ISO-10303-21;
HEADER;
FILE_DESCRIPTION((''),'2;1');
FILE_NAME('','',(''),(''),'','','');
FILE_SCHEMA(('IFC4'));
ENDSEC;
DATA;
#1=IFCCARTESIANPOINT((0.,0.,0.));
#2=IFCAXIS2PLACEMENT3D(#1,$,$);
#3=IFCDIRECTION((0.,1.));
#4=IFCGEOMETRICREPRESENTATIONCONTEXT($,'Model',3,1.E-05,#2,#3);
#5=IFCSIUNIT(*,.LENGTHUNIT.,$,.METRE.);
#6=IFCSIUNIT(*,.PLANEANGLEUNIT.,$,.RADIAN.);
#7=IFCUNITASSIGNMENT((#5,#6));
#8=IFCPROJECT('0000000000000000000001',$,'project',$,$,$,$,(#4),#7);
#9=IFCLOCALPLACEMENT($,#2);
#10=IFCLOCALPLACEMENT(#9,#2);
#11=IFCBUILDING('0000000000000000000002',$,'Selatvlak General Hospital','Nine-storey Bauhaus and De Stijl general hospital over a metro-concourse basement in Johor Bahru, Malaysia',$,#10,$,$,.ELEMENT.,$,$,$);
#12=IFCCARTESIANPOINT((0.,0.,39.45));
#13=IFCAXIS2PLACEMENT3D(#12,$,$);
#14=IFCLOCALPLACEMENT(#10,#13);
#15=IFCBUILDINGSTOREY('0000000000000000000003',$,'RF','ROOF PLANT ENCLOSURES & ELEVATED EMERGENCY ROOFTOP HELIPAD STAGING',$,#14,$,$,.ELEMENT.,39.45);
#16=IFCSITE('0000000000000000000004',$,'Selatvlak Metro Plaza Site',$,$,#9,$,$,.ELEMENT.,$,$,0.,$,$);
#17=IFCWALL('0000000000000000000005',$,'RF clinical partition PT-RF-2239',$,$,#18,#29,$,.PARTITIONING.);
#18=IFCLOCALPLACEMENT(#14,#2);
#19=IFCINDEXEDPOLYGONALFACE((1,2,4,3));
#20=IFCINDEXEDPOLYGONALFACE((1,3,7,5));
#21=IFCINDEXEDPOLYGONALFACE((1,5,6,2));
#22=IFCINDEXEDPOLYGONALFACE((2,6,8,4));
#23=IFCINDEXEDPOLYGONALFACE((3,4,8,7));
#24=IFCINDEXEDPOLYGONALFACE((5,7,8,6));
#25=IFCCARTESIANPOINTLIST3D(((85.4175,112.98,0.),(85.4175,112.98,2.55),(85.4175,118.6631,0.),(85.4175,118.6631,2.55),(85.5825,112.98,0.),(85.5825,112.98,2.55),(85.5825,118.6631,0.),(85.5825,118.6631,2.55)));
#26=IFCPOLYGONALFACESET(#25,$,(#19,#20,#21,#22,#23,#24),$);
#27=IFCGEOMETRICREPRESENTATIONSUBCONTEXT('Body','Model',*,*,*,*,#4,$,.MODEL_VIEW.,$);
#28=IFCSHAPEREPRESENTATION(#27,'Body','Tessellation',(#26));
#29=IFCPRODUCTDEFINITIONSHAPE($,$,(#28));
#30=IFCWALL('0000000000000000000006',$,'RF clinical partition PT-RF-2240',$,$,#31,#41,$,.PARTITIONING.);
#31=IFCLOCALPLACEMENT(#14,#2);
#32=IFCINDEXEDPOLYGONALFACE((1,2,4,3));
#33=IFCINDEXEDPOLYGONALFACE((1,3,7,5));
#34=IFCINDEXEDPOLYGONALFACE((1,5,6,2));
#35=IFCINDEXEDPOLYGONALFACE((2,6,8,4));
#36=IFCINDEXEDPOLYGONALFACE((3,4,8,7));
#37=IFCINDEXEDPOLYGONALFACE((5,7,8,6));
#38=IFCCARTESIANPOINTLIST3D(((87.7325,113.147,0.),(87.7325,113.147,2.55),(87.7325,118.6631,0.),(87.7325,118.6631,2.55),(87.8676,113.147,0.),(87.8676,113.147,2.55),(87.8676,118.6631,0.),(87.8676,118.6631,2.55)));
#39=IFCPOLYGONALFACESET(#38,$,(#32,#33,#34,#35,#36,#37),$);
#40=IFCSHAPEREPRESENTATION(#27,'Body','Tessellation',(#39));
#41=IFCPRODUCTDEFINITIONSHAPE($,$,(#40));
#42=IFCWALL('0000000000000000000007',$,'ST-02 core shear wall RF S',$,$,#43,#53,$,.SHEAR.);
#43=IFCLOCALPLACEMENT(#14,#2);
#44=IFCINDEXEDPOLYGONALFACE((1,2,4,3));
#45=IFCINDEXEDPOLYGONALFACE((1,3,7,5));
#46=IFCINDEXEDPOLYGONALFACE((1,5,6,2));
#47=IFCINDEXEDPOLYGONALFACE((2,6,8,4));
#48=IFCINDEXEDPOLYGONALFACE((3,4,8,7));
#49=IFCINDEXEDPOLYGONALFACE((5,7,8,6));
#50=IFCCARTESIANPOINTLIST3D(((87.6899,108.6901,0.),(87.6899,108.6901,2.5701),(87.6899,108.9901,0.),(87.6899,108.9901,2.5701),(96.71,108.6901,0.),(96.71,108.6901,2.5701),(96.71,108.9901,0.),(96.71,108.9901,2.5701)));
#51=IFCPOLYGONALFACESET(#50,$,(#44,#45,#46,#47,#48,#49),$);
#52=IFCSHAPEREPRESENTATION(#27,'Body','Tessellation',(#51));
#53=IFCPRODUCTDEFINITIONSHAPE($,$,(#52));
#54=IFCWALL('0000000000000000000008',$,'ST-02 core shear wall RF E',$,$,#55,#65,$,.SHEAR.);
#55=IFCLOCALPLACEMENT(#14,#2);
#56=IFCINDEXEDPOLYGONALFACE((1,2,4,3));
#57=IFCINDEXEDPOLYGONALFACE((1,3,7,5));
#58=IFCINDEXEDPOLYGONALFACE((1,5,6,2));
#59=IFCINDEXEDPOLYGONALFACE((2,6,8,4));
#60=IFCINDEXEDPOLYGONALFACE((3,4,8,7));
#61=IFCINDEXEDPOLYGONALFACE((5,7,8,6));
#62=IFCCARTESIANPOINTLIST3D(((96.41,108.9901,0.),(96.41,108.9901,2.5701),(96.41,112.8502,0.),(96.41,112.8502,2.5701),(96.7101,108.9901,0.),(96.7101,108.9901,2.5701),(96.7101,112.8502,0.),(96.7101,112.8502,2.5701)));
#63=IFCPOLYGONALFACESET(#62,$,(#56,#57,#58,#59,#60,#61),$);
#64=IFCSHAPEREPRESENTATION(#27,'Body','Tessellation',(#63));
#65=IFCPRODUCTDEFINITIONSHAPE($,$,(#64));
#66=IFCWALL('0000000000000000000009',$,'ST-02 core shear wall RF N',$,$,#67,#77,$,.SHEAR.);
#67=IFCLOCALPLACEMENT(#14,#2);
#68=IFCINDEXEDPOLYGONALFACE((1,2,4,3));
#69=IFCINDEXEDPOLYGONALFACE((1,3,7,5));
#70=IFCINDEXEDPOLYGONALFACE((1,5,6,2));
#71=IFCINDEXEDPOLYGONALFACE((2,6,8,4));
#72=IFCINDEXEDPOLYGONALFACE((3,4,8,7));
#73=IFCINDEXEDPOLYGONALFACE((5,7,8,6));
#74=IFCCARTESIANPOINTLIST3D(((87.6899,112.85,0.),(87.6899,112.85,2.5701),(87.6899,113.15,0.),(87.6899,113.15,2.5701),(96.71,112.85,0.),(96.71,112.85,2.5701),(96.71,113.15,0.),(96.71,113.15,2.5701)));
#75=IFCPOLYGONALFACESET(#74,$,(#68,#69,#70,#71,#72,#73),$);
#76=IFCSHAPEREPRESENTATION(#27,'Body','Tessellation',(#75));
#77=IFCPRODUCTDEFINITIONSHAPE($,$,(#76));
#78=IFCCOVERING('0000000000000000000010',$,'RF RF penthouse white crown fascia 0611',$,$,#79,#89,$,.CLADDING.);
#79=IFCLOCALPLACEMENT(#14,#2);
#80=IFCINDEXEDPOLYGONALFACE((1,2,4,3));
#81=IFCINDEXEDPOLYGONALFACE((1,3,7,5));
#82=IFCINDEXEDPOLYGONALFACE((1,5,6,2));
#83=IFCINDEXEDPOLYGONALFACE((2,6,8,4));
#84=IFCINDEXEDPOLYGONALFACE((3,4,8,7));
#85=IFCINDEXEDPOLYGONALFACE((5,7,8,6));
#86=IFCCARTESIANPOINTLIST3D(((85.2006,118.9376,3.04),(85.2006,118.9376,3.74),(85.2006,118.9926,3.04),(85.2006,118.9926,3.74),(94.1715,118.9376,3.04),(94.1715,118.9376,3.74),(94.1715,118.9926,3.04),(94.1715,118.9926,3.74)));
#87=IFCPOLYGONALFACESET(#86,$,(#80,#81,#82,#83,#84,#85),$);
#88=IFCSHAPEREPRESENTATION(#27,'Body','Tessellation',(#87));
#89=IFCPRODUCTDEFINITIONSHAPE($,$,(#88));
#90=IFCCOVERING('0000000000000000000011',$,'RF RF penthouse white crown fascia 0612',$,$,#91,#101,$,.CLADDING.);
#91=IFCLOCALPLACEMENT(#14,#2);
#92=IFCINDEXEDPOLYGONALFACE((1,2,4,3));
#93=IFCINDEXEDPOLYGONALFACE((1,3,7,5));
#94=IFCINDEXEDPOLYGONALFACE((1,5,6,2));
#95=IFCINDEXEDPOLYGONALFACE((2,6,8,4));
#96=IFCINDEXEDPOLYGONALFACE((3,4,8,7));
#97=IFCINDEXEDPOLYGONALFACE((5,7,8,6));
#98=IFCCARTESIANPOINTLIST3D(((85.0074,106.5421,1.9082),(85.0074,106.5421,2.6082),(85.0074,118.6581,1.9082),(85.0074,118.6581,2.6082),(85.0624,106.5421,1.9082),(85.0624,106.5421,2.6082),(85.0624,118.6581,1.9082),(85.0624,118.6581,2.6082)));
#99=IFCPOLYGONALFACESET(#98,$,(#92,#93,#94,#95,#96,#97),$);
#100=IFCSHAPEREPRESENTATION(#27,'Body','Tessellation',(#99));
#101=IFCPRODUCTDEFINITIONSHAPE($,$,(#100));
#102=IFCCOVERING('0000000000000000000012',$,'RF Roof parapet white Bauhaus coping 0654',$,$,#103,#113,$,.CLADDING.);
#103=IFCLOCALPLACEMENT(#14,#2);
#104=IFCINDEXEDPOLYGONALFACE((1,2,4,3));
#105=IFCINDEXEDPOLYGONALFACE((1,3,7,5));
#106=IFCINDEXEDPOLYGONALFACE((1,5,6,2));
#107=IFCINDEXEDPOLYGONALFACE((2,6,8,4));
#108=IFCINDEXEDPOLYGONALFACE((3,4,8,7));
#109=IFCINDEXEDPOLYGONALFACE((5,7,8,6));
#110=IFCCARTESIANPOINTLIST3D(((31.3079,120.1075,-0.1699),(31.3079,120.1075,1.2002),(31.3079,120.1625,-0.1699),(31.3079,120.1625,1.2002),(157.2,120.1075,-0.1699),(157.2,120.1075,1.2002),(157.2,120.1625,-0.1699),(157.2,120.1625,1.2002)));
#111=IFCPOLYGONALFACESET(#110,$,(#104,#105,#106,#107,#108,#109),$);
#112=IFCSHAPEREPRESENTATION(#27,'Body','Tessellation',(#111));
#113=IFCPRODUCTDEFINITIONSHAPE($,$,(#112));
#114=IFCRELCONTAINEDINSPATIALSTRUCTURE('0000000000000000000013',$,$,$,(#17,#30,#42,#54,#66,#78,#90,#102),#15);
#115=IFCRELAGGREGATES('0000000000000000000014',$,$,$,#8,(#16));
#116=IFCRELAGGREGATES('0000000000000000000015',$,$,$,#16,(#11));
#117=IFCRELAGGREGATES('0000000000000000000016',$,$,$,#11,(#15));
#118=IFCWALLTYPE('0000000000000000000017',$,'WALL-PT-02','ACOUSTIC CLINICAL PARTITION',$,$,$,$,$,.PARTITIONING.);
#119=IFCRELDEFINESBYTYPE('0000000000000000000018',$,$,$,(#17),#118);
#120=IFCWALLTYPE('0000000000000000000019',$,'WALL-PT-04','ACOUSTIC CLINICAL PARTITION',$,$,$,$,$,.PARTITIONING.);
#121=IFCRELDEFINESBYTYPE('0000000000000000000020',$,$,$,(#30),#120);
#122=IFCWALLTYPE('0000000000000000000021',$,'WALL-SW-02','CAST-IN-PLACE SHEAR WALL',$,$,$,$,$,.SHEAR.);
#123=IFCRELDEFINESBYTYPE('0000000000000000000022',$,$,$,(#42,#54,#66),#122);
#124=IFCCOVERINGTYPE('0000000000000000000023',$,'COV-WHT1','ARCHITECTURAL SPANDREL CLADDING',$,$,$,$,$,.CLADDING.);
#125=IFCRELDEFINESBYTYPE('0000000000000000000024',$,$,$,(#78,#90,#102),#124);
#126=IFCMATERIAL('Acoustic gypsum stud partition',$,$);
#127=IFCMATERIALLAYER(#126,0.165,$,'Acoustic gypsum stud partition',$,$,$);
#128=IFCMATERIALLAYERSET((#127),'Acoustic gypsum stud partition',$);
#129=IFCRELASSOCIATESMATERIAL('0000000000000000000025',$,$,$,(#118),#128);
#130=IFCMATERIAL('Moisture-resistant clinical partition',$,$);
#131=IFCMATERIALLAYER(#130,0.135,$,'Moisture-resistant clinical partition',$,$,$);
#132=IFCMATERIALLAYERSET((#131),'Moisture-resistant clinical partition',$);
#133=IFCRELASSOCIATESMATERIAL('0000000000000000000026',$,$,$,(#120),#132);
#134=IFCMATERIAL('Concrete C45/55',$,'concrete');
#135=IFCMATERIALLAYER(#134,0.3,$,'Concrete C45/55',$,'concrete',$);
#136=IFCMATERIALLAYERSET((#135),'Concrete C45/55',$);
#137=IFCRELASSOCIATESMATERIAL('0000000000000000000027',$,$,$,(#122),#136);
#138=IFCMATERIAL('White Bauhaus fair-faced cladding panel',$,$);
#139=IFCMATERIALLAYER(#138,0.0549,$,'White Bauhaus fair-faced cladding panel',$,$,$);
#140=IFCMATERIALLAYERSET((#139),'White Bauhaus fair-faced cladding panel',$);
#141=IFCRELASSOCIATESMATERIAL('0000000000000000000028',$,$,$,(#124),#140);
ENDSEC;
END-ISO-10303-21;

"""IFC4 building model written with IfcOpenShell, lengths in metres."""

from ifc_helpers import new_model, si_unit, direction, frame, frame_2d, origin, origin_2d, place, context, subcontext, project, spatial, rectangle, extrude, material, layer, layer_set, type_object, element, save


model = new_model("IFC4")

# Units and contexts
model_context = context("Model", 3, precision=1e-05, world=origin(), true_north=direction((0.0, 1.0)))
body_context = subcontext(model_context, "Body", "Model", "MODEL_VIEW")
ifc_project = project(units=[si_unit("LENGTHUNIT", "METRE"), si_unit("PLANEANGLEUNIT", "RADIAN")], contexts=[model_context])

# Site, building, storey
site_placement = place(None, origin())
site = spatial("IfcSite", under=ifc_project, at=site_placement, Name="Selatvlak Metro Plaza Site", CompositionType="ELEMENT", RefElevation=0.0)
building_placement = place(site_placement, origin())
building = spatial("IfcBuilding", under=site, at=building_placement, Name="Selatvlak General Hospital", Description="Nine-storey Bauhaus and De Stijl general hospital over a metro-concourse basement in Johor Bahru, Malaysia", CompositionType="ELEMENT")
storey_placement = place(building_placement, frame((0.0, 0.0, 39.45)))
storey = spatial("IfcBuildingStorey", under=building, at=storey_placement, Name="RF", Description="ROOF PLANT ENCLOSURES & ELEVATED EMERGENCY ROOFTOP HELIPAD STAGING", CompositionType="ELEMENT", Elevation=39.45)

# Shared definitions
ifc_material_1 = material(Name="Acoustic gypsum stud partition")

# Walls
ifc_layer_1 = layer(ifc_material_1, 0.165, Name="Acoustic gypsum stud partition")
ifc_layer_set_1 = layer_set([ifc_layer_1], Name="Acoustic gypsum stud partition")
wall_type_1 = type_object("IfcWallType", Name="WALL-PT-02", Description="ACOUSTIC CLINICAL PARTITION", PredefinedType="PARTITIONING", material=ifc_layer_set_1)
wall_1_placement = place(storey_placement, frame((85.5, 112.98, 0.0), z_axis=(0.0, 0.0, 1.0), x_axis=(0.0, 1.0, 0.0)))
element("IfcWall", 1, at=wall_1_placement, inside=storey, type_object=wall_type_1, Name="RF clinical partition PT-RF-2239", PredefinedType="PARTITIONING", context=body_context, shape_type="SweptSolid", body=[
    extrude(rectangle(XDim=5.6831, YDim=0.165, at=frame_2d((2.8416, 0.0))), origin(), (0.0, 0.0, 1.0), 2.55),
])
ifc_material_2 = material(Name="Moisture-resistant clinical partition")
ifc_layer_2 = layer(ifc_material_2, 0.135, Name="Moisture-resistant clinical partition")
ifc_layer_set_2 = layer_set([ifc_layer_2], Name="Moisture-resistant clinical partition")
wall_type_2 = type_object("IfcWallType", Name="WALL-PT-04", Description="ACOUSTIC CLINICAL PARTITION", PredefinedType="PARTITIONING", material=ifc_layer_set_2)
wall_2_placement = place(storey_placement, frame((87.8, 118.6631, 0.0), z_axis=(0.0, 0.0, 1.0), x_axis=(0.0, -1.0, 0.0)))
element("IfcWall", 2, at=wall_2_placement, inside=storey, type_object=wall_type_2, Name="RF clinical partition PT-RF-2240", PredefinedType="PARTITIONING", context=body_context, shape_type="SweptSolid", body=[
    extrude(rectangle(XDim=5.5161, YDim=0.135, at=frame_2d((2.7581, 0.0))), origin(), (0.0, 0.0, 1.0), 2.55),
])
ifc_material_3 = material(Name="Concrete C45/55", Category="concrete")
ifc_layer_3 = layer(ifc_material_3, 0.3, Name="Concrete C45/55", Category="concrete")
ifc_layer_set_3 = layer_set([ifc_layer_3], Name="Concrete C45/55")
wall_type_3 = type_object("IfcWallType", Name="WALL-SW-02", Description="CAST-IN-PLACE SHEAR WALL", PredefinedType="SHEAR", material=ifc_layer_set_3)
wall_3_placement = place(storey_placement, frame((87.6899, 108.8401, 0.0), z_axis=(0.0, 0.0, 1.0), x_axis=(1.0, 0.0, 0.0)))
element("IfcWall", 3, at=wall_3_placement, inside=storey, type_object=wall_type_3, Name="ST-02 core shear wall RF S", PredefinedType="SHEAR", context=body_context, shape_type="SweptSolid", body=[
    extrude(rectangle(XDim=9.02, YDim=0.3, at=frame_2d((4.51, 0.0))), origin(), (0.0, 0.0, 1.0), 2.5701),
])
wall_4_placement = place(storey_placement, frame((96.5601, 108.99, 0.0), z_axis=(0.0, 0.0, 1.0), x_axis=(0.0, 1.0, 0.0)))
element("IfcWall", 4, at=wall_4_placement, inside=storey, type_object=wall_type_3, Name="ST-02 core shear wall RF E", PredefinedType="SHEAR", context=body_context, shape_type="SweptSolid", body=[
    extrude(rectangle(XDim=3.8601, YDim=0.3, at=frame_2d((1.9302, 0.0))), origin(), (0.0, 0.0, 1.0), 2.5701),
])
wall_5_placement = place(storey_placement, frame((96.71, 113.0, 0.0), z_axis=(0.0, 0.0, 1.0), x_axis=(-1.0, 0.0, 0.0)))
element("IfcWall", 5, at=wall_5_placement, inside=storey, type_object=wall_type_3, Name="ST-02 core shear wall RF N", PredefinedType="SHEAR", context=body_context, shape_type="SweptSolid", body=[
    extrude(rectangle(XDim=9.02, YDim=0.3, at=frame_2d((4.51, 0.0))), origin(), (0.0, 0.0, 1.0), 2.5701),
])

# Coverings
ifc_material_4 = material(Name="White Bauhaus fair-faced cladding panel")
ifc_layer_4 = layer(ifc_material_4, 0.0549, Name="White Bauhaus fair-faced cladding panel")
ifc_layer_set_4 = layer_set([ifc_layer_4], Name="White Bauhaus fair-faced cladding panel")
covering_type = type_object("IfcCoveringType", Name="COV-WHT1", Description="ARCHITECTURAL SPANDREL CLADDING", PredefinedType="CLADDING", material=ifc_layer_set_4)
covering_1_placement = place(storey_placement, frame((89.686, 118.9651, 3.04), z_axis=(0.0, 0.0, 1.0), x_axis=(-1.0, 0.0, 0.0)))
element("IfcCovering", 6, at=covering_1_placement, inside=storey, type_object=covering_type, Name="RF RF penthouse white crown fascia 0611", PredefinedType="CLADDING", context=body_context, shape_type="SweptSolid", body=[
    extrude(rectangle(XDim=8.9709, YDim=0.0549, at=origin_2d()), origin(), (0.0, 0.0, 1.0), 0.7),
])
covering_2_placement = place(storey_placement, frame((85.0349, 112.6001, 1.9082), z_axis=(0.0, 0.0, 1.0), x_axis=(0.0, -1.0, 0.0)))
element("IfcCovering", 7, at=covering_2_placement, inside=storey, type_object=covering_type, Name="RF RF penthouse white crown fascia 0612", PredefinedType="CLADDING", context=body_context, shape_type="SweptSolid", body=[
    extrude(rectangle(XDim=12.116, YDim=0.0549, at=origin_2d()), origin(), (0.0, 0.0, 1.0), 0.7),
])
covering_3_placement = place(storey_placement, frame((94.2539, 120.135, -0.1699), z_axis=(0.0, 0.0, 1.0), x_axis=(1.0, 0.0, 0.0)))
element("IfcCovering", 8, at=covering_3_placement, inside=storey, type_object=covering_type, Name="RF Roof parapet white Bauhaus coping 0654", PredefinedType="CLADDING", context=body_context, shape_type="SweptSolid", body=[
    extrude(rectangle(XDim=125.8921, YDim=0.0549, at=origin_2d()), origin(), (0.0, 0.0, 1.0), 1.3701),
])

save(model, "model.ifc")
